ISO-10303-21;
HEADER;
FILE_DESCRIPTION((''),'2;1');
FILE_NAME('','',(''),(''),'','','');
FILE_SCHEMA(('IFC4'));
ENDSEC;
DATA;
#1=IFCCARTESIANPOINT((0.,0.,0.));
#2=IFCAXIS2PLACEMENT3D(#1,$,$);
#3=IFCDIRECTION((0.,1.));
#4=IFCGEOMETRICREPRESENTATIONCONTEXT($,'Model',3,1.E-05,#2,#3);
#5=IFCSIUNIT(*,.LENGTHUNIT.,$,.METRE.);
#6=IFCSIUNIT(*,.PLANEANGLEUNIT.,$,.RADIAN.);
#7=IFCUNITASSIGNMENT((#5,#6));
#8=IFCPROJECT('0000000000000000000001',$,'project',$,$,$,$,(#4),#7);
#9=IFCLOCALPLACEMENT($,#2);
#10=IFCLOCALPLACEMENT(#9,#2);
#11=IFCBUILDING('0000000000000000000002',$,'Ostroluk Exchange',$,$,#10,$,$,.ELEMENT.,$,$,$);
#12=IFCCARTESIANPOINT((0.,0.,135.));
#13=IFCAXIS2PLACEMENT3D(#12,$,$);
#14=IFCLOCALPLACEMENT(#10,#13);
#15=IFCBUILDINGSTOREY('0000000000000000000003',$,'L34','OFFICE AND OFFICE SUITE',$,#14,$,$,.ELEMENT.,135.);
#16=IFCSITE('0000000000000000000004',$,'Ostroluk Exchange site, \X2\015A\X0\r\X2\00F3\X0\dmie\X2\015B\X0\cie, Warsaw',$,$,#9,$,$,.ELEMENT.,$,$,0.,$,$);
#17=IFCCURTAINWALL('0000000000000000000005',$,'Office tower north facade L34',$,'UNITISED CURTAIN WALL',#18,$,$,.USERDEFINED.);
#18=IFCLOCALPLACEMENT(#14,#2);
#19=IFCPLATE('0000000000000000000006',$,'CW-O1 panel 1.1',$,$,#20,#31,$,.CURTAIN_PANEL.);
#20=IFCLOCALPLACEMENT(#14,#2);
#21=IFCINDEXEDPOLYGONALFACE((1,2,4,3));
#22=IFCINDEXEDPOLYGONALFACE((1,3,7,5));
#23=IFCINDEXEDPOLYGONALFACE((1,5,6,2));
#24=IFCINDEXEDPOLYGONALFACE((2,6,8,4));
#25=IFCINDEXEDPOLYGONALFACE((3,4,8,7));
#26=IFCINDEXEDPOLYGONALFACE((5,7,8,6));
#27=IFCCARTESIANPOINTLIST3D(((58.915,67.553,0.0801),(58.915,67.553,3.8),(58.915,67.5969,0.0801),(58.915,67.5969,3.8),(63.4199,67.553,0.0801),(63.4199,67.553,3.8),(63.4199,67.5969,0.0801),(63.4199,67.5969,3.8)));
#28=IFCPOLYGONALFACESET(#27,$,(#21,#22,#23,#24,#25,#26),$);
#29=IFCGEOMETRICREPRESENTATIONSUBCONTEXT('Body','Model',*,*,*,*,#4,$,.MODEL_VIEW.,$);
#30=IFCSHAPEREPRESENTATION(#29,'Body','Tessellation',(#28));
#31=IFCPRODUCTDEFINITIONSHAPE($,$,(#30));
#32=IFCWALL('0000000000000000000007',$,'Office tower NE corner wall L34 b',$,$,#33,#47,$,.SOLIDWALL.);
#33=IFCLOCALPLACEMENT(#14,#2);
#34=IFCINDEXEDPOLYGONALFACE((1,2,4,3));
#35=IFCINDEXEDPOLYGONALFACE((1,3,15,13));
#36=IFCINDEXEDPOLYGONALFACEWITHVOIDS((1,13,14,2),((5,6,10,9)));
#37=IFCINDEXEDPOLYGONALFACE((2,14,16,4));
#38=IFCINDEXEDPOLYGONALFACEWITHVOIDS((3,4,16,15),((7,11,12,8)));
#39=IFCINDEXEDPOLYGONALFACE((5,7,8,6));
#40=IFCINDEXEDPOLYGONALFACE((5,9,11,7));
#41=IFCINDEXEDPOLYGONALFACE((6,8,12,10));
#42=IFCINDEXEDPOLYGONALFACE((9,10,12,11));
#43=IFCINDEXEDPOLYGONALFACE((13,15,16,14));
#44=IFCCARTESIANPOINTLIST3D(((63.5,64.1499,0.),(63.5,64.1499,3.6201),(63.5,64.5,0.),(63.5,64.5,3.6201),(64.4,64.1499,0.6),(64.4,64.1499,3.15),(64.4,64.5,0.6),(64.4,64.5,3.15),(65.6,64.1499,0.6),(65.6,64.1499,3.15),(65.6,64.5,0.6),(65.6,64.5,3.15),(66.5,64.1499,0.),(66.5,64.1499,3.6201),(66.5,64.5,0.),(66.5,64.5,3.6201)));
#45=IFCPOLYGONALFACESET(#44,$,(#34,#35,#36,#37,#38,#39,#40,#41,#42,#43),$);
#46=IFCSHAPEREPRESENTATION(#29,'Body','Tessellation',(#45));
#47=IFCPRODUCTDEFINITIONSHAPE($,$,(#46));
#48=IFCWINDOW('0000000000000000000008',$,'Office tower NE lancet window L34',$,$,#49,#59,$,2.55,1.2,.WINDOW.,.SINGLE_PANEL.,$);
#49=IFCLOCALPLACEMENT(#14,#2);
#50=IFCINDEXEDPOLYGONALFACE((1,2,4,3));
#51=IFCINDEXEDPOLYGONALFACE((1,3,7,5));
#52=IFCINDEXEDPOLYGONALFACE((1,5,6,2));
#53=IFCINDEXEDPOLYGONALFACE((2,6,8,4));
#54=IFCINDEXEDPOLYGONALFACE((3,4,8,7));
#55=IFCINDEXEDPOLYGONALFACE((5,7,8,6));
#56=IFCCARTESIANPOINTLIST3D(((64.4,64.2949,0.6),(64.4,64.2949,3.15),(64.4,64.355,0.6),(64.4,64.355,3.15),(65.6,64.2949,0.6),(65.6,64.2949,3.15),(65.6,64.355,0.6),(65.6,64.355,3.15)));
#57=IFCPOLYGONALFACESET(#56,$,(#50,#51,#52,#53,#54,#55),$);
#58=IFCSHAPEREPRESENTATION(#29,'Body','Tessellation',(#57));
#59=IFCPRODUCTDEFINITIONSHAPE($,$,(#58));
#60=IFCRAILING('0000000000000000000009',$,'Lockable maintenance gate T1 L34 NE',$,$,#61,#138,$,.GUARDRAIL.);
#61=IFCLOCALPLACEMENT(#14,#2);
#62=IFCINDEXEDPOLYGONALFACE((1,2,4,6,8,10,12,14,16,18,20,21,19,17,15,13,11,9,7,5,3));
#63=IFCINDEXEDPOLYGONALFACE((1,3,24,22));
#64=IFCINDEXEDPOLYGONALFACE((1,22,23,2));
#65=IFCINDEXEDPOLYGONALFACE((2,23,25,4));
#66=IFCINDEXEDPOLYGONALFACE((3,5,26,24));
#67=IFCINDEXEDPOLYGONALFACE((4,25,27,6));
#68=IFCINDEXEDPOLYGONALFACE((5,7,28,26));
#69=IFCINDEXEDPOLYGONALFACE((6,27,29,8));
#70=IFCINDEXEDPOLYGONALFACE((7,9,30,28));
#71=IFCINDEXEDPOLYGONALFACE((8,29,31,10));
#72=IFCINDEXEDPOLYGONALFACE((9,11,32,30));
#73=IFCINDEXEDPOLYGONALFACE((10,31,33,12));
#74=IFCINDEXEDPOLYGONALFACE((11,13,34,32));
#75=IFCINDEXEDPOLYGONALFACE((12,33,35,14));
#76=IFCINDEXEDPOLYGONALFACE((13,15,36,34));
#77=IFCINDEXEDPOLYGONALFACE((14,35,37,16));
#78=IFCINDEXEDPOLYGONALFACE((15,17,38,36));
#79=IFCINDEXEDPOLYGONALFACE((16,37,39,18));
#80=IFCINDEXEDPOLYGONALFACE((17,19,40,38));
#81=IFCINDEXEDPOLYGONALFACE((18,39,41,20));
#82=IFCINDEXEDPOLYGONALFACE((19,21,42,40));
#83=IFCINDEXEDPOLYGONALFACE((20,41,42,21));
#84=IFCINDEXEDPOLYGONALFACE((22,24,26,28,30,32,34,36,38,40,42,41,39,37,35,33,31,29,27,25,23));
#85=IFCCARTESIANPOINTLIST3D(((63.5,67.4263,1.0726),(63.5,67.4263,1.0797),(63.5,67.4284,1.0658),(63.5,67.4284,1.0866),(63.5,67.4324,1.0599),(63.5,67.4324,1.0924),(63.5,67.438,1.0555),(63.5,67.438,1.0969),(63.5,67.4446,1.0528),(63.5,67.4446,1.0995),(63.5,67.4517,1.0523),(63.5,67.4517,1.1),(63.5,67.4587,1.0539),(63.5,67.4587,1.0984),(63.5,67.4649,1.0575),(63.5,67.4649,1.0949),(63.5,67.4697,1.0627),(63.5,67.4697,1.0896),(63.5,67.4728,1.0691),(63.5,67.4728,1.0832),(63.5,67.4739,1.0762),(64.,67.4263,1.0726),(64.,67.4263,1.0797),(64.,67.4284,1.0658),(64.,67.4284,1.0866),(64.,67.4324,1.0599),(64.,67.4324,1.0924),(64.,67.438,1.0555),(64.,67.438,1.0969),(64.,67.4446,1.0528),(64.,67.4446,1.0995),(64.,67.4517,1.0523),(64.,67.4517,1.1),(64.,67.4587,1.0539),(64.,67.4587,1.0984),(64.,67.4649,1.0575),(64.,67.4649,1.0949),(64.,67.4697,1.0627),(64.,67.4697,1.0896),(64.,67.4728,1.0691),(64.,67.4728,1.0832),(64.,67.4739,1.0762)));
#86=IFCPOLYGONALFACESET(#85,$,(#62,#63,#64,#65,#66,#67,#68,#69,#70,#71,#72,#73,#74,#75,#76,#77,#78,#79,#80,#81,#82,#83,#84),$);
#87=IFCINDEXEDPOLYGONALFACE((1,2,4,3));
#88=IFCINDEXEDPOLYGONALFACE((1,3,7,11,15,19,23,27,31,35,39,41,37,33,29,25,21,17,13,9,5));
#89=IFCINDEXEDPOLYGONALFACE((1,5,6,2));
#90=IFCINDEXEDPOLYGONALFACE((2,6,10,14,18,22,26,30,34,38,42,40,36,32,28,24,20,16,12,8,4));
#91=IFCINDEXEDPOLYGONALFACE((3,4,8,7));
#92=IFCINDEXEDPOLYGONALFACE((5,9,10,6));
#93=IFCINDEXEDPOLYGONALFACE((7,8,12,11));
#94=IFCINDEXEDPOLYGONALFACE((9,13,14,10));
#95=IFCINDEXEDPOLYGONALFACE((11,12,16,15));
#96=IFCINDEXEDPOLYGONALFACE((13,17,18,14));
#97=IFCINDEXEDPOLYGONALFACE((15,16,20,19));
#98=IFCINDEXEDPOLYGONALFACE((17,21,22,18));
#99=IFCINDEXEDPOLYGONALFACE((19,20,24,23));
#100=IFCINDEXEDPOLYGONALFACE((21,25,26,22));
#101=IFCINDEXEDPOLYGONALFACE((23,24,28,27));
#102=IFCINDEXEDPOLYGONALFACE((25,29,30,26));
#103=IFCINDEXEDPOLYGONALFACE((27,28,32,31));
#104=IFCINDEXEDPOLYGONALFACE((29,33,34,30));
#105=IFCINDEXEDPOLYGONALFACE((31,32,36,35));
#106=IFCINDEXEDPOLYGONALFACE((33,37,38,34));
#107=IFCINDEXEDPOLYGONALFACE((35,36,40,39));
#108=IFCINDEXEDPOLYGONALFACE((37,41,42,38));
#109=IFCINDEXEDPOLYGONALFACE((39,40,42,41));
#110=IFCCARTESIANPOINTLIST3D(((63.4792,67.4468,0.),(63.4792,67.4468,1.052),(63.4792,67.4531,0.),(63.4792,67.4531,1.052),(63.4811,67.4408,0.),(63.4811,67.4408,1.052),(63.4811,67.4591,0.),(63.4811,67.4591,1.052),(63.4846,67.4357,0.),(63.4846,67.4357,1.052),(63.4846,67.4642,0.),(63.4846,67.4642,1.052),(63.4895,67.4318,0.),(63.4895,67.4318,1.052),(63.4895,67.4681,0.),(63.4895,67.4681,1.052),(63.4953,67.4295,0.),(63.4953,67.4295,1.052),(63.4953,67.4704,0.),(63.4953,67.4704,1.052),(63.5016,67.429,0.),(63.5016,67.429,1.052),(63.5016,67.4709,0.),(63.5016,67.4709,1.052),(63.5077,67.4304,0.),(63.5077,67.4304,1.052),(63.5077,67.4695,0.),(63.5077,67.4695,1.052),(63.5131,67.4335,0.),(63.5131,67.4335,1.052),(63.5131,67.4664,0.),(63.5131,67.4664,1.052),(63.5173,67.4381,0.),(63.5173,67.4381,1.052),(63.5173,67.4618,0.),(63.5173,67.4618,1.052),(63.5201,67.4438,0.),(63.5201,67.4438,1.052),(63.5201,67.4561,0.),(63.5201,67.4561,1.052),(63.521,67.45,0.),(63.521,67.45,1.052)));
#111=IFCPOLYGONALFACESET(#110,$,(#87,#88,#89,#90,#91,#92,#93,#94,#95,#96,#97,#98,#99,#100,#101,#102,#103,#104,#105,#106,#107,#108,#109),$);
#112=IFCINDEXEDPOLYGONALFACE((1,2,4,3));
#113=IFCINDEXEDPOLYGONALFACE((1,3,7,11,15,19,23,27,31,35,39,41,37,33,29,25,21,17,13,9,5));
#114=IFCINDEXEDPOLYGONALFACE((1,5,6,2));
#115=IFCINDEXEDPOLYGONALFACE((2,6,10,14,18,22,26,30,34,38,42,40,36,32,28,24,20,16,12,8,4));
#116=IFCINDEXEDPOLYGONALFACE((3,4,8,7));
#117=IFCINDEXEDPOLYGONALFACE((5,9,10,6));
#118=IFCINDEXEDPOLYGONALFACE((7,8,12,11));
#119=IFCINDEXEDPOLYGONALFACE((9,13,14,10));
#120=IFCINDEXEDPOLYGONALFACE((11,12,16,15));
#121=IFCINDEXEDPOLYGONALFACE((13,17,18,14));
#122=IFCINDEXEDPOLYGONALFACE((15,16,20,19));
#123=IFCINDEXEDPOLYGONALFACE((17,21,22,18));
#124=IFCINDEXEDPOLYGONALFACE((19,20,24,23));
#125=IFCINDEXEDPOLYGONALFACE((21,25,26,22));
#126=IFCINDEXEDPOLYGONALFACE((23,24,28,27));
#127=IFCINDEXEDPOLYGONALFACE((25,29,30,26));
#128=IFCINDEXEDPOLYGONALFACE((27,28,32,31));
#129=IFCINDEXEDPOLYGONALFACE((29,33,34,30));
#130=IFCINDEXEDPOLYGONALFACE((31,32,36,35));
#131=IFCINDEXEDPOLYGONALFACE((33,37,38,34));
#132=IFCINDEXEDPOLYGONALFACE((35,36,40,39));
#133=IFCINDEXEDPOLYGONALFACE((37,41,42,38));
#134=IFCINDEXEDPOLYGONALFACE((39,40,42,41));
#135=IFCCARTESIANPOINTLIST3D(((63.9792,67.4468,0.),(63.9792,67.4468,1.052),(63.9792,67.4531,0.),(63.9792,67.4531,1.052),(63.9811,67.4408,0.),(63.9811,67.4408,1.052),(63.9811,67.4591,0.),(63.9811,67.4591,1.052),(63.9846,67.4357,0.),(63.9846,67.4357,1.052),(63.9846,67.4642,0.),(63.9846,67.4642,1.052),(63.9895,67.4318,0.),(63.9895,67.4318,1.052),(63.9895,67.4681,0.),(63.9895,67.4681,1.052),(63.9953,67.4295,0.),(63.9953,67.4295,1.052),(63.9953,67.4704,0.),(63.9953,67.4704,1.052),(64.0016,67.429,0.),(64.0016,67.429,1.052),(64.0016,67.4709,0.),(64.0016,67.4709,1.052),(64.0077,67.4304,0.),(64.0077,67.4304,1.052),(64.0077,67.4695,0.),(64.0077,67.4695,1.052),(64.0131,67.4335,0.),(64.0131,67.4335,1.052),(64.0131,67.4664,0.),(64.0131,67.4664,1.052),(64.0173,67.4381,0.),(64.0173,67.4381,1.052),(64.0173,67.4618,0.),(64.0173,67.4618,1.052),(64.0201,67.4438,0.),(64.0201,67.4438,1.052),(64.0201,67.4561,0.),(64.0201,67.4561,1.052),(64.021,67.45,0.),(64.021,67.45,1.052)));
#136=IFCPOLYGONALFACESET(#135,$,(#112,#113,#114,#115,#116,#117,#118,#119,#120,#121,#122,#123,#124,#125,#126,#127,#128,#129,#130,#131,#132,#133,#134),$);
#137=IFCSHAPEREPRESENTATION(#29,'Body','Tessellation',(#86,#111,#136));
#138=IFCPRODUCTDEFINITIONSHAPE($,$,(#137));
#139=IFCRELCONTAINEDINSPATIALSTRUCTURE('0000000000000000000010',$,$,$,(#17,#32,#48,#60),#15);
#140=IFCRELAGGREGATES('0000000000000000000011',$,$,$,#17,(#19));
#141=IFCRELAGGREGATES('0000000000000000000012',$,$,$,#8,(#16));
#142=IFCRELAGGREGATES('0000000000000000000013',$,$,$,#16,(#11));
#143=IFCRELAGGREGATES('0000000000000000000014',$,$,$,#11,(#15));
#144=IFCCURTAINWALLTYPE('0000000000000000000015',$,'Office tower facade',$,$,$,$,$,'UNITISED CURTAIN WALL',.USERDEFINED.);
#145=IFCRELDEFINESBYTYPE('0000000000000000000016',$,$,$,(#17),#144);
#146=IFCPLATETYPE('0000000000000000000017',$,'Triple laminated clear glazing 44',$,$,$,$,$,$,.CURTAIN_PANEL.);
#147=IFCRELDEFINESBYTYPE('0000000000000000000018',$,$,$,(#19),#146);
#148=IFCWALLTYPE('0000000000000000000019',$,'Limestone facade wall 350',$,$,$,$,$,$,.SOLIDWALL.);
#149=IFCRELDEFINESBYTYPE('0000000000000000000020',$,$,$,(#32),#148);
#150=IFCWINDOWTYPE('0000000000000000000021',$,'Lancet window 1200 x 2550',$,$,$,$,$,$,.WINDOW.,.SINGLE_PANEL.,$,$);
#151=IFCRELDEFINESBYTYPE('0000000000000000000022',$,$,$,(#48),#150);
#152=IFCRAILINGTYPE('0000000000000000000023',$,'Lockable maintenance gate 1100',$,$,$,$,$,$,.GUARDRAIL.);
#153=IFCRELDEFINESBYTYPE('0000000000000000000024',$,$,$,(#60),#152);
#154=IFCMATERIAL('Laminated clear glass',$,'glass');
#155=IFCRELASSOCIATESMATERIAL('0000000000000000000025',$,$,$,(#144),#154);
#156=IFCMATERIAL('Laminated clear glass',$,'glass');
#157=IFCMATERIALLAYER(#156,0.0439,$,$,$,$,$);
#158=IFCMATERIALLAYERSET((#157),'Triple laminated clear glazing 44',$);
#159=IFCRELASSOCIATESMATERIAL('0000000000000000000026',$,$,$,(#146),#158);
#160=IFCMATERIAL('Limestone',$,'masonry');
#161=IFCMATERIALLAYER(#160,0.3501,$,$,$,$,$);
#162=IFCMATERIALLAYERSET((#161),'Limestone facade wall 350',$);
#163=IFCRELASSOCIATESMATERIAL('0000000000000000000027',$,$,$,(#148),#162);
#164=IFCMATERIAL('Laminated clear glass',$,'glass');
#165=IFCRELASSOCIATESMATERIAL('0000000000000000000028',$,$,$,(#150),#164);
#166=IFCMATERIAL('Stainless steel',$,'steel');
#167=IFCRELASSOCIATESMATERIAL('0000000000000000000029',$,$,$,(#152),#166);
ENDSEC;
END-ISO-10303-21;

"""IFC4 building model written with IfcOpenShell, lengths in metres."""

from ifc_helpers import new_model, si_unit, direction, frame, frame_2d, origin, origin_2d, place, context, subcontext, project, spatial, rectangle, circle, extrude, material, layer, layer_set, type_object, element, fill, aggregate, save


model = new_model("IFC4")

# Units and contexts
model_context = context("Model", 3, precision=1e-05, world=origin(), true_north=direction((0.0, 1.0)))
body_context = subcontext(model_context, "Body", "Model", "MODEL_VIEW")
ifc_project = project(units=[si_unit("LENGTHUNIT", "METRE"), si_unit("PLANEANGLEUNIT", "RADIAN")], contexts=[model_context])

# Site, building, storey
site_placement = place(None, origin())
site = spatial("IfcSite", under=ifc_project, at=site_placement, Name="Ostroluk Exchange site, Śródmieście, Warsaw", CompositionType="ELEMENT", RefElevation=0.0)
building_placement = place(site_placement, origin())
building = spatial("IfcBuilding", under=site, at=building_placement, Name="Ostroluk Exchange", CompositionType="ELEMENT")
storey_placement = place(building_placement, frame((0.0, 0.0, 135.0)))
storey = spatial("IfcBuildingStorey", under=building, at=storey_placement, Name="L34", Description="OFFICE AND OFFICE SUITE", CompositionType="ELEMENT", Elevation=135.0)

# Curtain wall
ifc_material_1 = material(Name="Laminated clear glass", Category="glass")
curtain_wall_type = type_object("IfcCurtainWallType", Name="Office tower facade", ElementType="UNITISED CURTAIN WALL", PredefinedType="USERDEFINED", material=ifc_material_1)
curtain_wall_1_placement = place(storey_placement, origin())
curtain_wall_1 = element("IfcCurtainWall", 1, at=curtain_wall_1_placement, inside=storey, type_object=curtain_wall_type, Name="Office tower north facade L34", ObjectType="UNITISED CURTAIN WALL", PredefinedType="USERDEFINED")

# Plate
ifc_material_2 = material(Name="Laminated clear glass", Category="glass")
ifc_layer_1 = layer(ifc_material_2, 0.0439)
ifc_layer_set_1 = layer_set([ifc_layer_1], Name="Triple laminated clear glazing 44")
plate_type_1 = type_object("IfcPlateType", Name="Triple laminated clear glazing 44", PredefinedType="CURTAIN_PANEL", material=ifc_layer_set_1)
plate_1_placement = place(storey_placement, frame((61.1675, 67.575, 0.0801), z_axis=(0.0, 0.0, 1.0), x_axis=(-1.0, 0.0, 0.0)))
plate_1 = element("IfcPlate", 2, at=plate_1_placement, type_object=plate_type_1, Name="CW-O1 panel 1.1", PredefinedType="CURTAIN_PANEL", context=body_context, shape_type="SweptSolid", body=[
    extrude(rectangle(XDim=4.5049, YDim=0.0439, at=origin_2d()), origin(), (0.0, 0.0, 1.0), 3.72),
])
aggregate(curtain_wall_1, [plate_1])

# Shared definitions
ifc_material_3 = material(Name="Limestone", Category="masonry")
ifc_layer_2 = layer(ifc_material_3, 0.3501)
ifc_layer_set_2 = layer_set([ifc_layer_2], Name="Limestone facade wall 350")
wall_type = type_object("IfcWallType", Name="Limestone facade wall 350", PredefinedType="SOLIDWALL", material=ifc_layer_set_2)

# Wall, opening, window
wall_1_placement = place(storey_placement, frame((63.5, 64.325, 0.0), z_axis=(0.0, 0.0, 1.0), x_axis=(1.0, 0.0, 0.0)))
wall_1 = element("IfcWall", 3, at=wall_1_placement, inside=storey, type_object=wall_type, Name="Office tower NE corner wall L34 b", PredefinedType="SOLIDWALL", context=body_context, shape_type="SweptSolid", body=[
    extrude(rectangle(XDim=3.0, YDim=0.3501, at=frame_2d((1.5, 0.0))), origin(), (0.0, 0.0, 1.0), 3.6201),
])
opening_1_placement = place(wall_1_placement, frame((0.8999, 0.0, 0.6001)))
opening_1 = element("IfcOpeningElement", 4, at=opening_1_placement, cuts=wall_1, PredefinedType="OPENING", context=body_context, shape_type="SweptSolid", body=[
    extrude(rectangle(XDim=1.2, YDim=2.55, at=frame_2d((0.6001, 1.2749))), frame((0.0, 0.1851, 0.0), z_axis=(0.0, -1.0, 0.0), x_axis=(1.0, 0.0, 0.0)), (0.0, 0.0, 1.0), 0.3701),
])
ifc_material_4 = material(Name="Laminated clear glass", Category="glass")
window_type = type_object("IfcWindowType", Name="Lancet window 1200 x 2550", PartitioningType="SINGLE_PANEL", PredefinedType="WINDOW", material=ifc_material_4)
window_placement = place(opening_1_placement, origin())
window = element("IfcWindow", 5, at=window_placement, inside=storey, type_object=window_type, Name="Office tower NE lancet window L34", OverallHeight=2.55, OverallWidth=1.2, PartitioningType="SINGLE_PANEL", PredefinedType="WINDOW", context=body_context, shape_type="SweptSolid", body=[
    extrude(rectangle(XDim=1.2, YDim=2.55, at=frame_2d((0.6001, 1.2749))), frame((0.0, 0.03, 0.0), z_axis=(0.0, -1.0, 0.0), x_axis=(1.0, 0.0, 0.0)), (0.0, 0.0, 1.0), 0.0601),
])
fill(opening_1, window)

# Railing
ifc_material_5 = material(Name="Stainless steel", Category="steel")
railing_type_1 = type_object("IfcRailingType", Name="Lockable maintenance gate 1100", PredefinedType="GUARDRAIL", material=ifc_material_5)
railing_1_placement = place(storey_placement, frame((63.5, 67.45, 0.0)))
element("IfcRailing", 6, at=railing_1_placement, inside=storey, type_object=railing_type_1, Name="Lockable maintenance gate T1 L34 NE", PredefinedType="GUARDRAIL", context=body_context, shape_type="SweptSolid", body=[
    extrude(circle(Radius=0.0239, at=origin_2d()), frame((0.0, 0.0, 1.0762), z_axis=(1.0, 0.0, 0.0), x_axis=(0.0, 1.0, 0.0)), (0.0, 0.0, 1.0), 0.5),
    extrude(circle(Radius=0.021, at=origin_2d()), origin(), (0.0, 0.0, 1.0), 1.052),
    extrude(circle(Radius=0.021, at=origin_2d()), frame((0.5, 0.0, 0.0)), (0.0, 0.0, 1.0), 1.052),
])

save(model, "model.ifc")
